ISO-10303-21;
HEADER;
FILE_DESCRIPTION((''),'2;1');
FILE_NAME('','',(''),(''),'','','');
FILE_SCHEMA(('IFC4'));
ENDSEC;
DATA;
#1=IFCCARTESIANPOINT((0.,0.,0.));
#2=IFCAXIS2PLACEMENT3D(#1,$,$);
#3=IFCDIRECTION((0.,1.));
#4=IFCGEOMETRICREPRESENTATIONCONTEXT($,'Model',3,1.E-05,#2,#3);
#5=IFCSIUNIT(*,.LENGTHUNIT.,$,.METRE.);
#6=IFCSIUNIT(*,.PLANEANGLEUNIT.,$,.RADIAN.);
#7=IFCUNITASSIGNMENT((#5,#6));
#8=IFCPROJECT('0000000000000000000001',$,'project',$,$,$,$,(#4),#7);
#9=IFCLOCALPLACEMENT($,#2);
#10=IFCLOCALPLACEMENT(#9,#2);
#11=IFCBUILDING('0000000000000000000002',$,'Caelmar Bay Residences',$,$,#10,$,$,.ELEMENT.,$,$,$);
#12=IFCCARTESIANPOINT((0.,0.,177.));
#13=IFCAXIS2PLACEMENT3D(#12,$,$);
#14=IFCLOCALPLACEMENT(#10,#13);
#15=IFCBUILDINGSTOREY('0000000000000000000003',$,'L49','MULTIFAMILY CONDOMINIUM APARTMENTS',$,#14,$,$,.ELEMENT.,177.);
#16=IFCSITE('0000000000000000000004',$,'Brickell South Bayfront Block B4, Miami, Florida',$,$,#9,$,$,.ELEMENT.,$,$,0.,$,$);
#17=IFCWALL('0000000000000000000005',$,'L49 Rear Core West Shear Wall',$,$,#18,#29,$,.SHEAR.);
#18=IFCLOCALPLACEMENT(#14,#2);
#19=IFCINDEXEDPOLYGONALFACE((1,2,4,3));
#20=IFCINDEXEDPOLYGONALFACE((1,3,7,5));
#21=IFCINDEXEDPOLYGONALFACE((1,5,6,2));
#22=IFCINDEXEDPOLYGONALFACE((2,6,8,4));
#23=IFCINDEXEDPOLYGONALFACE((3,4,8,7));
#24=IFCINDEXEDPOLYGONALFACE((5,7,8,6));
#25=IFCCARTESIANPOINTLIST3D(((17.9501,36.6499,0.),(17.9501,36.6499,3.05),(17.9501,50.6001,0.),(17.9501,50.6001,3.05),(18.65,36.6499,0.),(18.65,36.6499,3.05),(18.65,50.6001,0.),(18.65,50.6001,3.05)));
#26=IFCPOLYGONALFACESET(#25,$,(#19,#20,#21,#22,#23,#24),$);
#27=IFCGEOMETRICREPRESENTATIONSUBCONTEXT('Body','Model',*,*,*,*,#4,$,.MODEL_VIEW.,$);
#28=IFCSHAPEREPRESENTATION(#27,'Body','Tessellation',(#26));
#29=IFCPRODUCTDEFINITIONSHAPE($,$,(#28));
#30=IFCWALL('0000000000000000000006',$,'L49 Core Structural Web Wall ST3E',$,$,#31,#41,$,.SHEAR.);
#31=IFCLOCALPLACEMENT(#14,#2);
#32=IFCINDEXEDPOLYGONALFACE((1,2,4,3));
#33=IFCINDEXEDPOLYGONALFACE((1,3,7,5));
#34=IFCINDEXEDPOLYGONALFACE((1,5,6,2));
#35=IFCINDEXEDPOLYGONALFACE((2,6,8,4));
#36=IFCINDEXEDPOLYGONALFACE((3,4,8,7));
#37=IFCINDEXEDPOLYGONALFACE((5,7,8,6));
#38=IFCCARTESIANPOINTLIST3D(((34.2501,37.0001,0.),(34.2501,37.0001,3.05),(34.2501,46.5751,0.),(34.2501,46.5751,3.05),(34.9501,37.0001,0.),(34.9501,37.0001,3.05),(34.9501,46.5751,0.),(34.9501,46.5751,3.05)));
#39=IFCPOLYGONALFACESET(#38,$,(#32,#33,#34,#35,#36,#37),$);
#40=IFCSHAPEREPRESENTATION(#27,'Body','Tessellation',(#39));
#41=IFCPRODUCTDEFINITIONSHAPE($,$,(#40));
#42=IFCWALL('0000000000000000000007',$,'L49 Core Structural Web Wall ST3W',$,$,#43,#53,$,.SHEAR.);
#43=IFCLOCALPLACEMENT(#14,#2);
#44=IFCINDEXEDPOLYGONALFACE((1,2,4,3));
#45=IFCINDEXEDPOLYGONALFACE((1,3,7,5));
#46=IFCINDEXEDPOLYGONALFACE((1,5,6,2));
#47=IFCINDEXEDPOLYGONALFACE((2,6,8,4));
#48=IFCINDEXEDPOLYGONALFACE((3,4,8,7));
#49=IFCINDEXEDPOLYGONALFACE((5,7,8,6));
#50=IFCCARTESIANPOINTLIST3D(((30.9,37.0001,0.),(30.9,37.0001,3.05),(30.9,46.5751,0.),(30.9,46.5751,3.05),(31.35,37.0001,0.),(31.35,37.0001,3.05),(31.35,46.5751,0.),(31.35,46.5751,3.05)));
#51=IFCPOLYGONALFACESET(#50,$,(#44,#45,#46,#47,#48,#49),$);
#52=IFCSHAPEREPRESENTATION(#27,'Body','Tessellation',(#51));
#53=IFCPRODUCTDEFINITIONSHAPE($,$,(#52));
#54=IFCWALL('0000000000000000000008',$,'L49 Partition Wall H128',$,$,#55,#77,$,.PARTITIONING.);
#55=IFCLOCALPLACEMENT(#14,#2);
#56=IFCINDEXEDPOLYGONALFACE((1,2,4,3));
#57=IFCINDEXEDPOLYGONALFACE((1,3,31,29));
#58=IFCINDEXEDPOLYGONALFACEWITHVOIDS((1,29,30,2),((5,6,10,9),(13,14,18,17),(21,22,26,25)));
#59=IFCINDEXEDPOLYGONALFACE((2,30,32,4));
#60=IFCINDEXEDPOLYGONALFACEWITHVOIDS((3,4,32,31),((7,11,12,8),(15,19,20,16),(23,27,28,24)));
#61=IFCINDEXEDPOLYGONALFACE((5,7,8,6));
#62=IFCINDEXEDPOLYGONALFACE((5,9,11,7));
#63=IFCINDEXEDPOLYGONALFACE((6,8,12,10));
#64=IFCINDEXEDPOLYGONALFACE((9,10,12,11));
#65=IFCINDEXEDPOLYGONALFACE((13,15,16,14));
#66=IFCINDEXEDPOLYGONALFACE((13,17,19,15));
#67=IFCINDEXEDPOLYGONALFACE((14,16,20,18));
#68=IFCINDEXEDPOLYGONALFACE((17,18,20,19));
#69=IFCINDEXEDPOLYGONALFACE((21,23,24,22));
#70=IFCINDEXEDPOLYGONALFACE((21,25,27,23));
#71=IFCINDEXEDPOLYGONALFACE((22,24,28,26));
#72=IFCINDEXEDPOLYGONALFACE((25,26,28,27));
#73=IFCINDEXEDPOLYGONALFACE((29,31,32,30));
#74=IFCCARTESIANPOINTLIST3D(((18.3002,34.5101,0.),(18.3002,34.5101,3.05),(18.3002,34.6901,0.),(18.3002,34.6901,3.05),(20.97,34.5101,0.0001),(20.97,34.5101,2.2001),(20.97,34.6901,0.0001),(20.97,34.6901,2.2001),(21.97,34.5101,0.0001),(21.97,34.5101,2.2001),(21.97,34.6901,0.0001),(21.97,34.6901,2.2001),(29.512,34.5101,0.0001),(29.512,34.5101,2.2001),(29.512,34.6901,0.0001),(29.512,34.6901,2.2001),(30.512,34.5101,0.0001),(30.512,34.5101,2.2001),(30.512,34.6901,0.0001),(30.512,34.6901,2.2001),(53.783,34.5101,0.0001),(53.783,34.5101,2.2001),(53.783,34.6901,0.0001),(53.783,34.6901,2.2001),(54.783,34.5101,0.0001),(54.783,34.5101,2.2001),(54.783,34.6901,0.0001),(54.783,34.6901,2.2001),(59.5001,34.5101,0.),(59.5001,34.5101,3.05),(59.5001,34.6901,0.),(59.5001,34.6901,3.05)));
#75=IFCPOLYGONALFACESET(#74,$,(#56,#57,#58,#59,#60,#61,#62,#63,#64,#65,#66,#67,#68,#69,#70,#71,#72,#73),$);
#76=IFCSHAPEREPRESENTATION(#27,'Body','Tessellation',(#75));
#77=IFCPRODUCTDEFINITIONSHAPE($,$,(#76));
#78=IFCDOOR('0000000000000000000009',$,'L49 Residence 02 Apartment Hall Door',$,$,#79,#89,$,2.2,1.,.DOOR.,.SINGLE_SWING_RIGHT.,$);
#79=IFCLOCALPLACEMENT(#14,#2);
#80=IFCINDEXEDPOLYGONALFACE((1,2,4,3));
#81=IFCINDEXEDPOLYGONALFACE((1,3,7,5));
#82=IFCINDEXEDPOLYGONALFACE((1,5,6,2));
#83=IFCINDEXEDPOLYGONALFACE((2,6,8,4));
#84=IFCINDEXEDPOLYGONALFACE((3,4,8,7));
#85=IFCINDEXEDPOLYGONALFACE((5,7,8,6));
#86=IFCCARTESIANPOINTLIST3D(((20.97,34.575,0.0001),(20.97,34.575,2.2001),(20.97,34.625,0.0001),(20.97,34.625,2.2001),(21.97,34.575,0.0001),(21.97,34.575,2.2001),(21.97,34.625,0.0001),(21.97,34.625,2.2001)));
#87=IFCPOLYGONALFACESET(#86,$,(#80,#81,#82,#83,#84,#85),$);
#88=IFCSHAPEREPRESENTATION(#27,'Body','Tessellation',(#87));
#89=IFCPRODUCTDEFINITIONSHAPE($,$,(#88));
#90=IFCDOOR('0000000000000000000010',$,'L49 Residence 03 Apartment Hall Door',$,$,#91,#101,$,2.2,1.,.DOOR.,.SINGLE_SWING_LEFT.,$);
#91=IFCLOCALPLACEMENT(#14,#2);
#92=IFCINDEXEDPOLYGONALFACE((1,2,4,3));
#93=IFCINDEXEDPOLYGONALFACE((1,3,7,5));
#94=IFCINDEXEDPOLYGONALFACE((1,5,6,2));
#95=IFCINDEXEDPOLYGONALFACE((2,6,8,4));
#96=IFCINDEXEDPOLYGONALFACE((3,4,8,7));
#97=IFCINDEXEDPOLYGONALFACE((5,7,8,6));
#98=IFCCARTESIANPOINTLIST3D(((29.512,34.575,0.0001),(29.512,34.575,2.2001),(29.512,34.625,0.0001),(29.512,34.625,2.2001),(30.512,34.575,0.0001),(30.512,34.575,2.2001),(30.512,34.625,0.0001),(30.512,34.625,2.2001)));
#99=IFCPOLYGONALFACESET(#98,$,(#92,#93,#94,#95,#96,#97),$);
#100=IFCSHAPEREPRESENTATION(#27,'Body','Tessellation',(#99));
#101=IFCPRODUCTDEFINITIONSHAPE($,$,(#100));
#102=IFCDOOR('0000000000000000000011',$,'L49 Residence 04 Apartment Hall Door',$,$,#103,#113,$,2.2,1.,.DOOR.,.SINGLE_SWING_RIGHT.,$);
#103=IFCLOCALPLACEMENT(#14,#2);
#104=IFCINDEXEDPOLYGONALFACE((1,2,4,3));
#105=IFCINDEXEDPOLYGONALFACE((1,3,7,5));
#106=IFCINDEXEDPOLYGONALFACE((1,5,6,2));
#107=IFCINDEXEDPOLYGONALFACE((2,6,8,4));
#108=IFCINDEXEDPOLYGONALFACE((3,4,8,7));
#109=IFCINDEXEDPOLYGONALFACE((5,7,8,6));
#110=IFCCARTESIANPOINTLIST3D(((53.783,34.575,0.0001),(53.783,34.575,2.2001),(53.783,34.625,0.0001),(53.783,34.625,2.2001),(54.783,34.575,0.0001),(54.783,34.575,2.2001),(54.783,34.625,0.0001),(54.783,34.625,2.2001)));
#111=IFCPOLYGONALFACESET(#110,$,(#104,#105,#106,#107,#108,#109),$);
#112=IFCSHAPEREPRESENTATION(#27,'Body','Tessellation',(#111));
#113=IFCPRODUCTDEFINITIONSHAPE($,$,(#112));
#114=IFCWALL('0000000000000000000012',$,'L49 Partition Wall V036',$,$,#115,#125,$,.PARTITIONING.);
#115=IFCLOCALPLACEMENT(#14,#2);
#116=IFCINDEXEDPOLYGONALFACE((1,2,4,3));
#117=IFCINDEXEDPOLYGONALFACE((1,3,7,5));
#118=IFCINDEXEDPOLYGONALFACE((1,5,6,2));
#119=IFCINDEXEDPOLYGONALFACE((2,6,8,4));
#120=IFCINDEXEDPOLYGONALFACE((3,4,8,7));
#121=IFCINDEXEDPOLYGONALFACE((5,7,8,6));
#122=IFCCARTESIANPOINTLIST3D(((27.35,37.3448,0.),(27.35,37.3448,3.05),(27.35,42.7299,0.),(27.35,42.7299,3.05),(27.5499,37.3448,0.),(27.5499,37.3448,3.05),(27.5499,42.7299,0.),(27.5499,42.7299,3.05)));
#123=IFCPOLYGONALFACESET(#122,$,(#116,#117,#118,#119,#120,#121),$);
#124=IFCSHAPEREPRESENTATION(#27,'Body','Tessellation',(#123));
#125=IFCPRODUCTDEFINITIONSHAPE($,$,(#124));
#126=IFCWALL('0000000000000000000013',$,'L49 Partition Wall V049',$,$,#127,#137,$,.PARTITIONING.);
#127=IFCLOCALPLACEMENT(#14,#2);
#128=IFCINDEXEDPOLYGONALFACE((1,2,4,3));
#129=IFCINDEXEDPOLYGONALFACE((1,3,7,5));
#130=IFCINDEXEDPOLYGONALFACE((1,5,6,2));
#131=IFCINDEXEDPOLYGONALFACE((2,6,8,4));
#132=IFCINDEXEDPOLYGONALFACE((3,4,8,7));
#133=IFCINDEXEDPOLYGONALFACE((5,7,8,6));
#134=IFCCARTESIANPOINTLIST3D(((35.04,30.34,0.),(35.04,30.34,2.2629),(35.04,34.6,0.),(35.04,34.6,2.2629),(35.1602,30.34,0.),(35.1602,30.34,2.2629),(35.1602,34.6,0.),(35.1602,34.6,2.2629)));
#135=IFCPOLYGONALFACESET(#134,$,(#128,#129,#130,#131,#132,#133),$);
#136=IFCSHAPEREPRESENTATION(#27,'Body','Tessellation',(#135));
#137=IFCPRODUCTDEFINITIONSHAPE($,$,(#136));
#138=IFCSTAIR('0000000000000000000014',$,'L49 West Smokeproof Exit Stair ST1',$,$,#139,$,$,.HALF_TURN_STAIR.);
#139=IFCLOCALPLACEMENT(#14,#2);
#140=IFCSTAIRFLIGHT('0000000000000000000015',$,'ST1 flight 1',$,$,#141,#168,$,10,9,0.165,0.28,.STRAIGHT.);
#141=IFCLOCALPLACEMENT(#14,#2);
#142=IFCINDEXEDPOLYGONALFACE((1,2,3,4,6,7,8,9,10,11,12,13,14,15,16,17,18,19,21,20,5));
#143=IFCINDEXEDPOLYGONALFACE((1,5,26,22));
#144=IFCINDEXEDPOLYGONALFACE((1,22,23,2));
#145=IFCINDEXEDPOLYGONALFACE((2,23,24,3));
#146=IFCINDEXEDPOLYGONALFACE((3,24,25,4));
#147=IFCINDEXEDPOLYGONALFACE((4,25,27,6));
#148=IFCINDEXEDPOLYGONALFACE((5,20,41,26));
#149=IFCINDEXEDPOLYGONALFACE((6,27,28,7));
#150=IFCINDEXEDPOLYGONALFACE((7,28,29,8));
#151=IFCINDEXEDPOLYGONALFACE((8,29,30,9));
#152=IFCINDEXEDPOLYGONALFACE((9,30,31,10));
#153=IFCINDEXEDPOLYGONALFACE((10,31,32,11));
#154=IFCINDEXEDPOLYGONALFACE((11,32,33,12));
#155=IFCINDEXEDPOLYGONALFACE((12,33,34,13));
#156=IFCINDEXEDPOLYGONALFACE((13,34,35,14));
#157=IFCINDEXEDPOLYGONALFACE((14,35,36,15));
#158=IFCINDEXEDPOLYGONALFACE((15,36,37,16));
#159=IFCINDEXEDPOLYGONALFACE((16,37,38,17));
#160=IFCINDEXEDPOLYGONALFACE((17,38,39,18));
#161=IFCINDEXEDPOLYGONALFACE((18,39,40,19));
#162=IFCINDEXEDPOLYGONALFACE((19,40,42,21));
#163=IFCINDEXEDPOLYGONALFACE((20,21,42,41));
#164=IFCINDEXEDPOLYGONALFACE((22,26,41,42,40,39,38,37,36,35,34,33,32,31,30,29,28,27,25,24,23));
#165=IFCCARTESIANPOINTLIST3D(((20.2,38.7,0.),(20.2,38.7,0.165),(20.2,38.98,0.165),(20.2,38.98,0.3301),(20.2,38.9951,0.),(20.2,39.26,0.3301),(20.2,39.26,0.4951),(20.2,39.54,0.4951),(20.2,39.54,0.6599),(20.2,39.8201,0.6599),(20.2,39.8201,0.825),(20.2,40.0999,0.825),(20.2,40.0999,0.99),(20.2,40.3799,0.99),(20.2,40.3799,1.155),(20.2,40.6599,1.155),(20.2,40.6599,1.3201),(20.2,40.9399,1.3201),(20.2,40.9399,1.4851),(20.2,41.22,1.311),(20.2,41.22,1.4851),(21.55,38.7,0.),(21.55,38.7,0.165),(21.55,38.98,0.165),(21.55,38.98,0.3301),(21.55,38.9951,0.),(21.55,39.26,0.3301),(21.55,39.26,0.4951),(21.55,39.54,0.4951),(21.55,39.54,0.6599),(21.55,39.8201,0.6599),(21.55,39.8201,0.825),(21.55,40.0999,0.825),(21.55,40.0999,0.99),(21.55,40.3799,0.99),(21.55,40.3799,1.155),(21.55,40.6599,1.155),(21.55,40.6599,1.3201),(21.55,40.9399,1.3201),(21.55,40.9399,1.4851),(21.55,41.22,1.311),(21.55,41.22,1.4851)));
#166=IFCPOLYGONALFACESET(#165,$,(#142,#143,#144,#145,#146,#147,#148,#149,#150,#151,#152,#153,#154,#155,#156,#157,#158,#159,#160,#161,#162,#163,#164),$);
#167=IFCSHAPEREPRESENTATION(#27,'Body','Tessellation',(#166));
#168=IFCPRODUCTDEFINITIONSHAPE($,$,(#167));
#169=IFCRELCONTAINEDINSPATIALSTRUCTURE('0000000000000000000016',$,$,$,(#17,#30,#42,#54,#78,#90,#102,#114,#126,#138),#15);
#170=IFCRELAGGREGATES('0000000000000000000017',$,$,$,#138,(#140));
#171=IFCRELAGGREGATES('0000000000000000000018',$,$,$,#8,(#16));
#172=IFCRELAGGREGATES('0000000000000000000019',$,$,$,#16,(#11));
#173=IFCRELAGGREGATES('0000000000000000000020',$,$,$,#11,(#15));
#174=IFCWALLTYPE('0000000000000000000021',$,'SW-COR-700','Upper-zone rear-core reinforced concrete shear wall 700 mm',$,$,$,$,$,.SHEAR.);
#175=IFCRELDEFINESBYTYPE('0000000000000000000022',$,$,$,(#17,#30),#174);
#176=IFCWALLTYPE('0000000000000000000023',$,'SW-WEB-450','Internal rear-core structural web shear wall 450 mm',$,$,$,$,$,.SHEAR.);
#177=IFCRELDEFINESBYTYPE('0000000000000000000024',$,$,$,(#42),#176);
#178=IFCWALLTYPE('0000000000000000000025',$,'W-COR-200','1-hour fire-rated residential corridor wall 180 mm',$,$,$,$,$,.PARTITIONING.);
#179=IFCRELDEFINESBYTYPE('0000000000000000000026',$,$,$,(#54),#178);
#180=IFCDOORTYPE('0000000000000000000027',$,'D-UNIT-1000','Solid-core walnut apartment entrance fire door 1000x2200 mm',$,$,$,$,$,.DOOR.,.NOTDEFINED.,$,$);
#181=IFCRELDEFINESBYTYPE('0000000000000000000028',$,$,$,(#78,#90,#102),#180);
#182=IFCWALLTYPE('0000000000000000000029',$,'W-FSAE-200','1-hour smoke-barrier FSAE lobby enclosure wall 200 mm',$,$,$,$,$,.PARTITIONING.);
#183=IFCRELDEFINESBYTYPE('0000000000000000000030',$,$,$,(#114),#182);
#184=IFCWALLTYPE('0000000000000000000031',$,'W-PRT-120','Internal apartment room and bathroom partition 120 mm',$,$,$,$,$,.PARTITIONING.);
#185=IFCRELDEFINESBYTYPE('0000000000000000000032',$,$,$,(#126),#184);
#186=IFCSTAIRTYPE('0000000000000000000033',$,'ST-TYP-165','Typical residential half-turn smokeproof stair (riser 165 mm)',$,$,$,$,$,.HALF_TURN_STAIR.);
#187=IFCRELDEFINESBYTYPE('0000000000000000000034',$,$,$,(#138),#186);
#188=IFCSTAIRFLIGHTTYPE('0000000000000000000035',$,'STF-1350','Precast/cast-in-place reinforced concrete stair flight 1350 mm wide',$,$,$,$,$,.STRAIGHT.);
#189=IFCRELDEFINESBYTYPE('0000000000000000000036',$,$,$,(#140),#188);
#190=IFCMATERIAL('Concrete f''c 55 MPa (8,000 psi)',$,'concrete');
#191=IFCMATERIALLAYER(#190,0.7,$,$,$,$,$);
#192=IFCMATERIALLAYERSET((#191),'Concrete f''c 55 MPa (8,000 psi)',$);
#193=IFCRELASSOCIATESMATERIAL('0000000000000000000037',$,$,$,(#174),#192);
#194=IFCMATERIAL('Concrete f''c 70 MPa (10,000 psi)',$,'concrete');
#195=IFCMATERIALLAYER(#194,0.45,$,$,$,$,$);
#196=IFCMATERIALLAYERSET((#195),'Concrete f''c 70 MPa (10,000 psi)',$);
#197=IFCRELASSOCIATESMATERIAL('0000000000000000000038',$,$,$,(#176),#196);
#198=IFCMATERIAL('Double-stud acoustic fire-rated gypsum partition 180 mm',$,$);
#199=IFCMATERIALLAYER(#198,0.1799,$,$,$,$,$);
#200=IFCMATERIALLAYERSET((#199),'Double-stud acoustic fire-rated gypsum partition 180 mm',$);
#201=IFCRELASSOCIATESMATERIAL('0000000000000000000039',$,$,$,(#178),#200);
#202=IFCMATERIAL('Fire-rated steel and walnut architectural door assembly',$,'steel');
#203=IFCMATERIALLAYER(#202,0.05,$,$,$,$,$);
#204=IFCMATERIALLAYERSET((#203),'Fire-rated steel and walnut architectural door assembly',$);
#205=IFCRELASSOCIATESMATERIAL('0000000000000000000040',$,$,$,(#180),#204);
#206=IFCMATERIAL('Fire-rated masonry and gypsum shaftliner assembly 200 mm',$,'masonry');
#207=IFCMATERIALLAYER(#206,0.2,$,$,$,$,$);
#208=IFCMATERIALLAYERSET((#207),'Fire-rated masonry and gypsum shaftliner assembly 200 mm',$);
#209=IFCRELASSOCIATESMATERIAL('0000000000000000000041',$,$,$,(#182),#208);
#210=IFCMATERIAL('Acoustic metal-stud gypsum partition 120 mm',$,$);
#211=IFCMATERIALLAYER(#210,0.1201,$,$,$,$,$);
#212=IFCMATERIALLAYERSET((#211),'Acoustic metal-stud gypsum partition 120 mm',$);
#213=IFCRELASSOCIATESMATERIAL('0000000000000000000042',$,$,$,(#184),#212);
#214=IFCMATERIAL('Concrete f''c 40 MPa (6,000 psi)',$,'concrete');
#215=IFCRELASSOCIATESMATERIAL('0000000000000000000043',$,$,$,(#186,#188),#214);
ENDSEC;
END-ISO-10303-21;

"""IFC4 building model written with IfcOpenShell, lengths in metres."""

from ifc_helpers import new_model, si_unit, direction, frame, frame_2d, origin, place, context, subcontext, project, spatial, polyline, rectangle, outline, extrude, material, layer, layer_set, type_object, element, fill, aggregate, save


model = new_model("IFC4")

# Units and contexts
model_context = context("Model", 3, precision=1e-05, world=origin(), true_north=direction((0.0, 1.0)))
body_context = subcontext(model_context, "Body", "Model", "MODEL_VIEW")
ifc_project = project(units=[si_unit("LENGTHUNIT", "METRE"), si_unit("PLANEANGLEUNIT", "RADIAN")], contexts=[model_context])

# Site, building, storey
site_placement = place(None, origin())
site = spatial("IfcSite", under=ifc_project, at=site_placement, Name="Brickell South Bayfront Block B4, Miami, Florida", CompositionType="ELEMENT", RefElevation=0.0)
building_placement = place(site_placement, origin())
building = spatial("IfcBuilding", under=site, at=building_placement, Name="Caelmar Bay Residences", CompositionType="ELEMENT")
storey_placement = place(building_placement, frame((0.0, 0.0, 177.0)))
storey = spatial("IfcBuildingStorey", under=building, at=storey_placement, Name="L49", Description="MULTIFAMILY CONDOMINIUM APARTMENTS", CompositionType="ELEMENT", Elevation=177.0)

# Wall
ifc_material_1 = material(Name="Concrete f'c 55 MPa (8,000 psi)", Category="concrete")
ifc_layer_1 = layer(ifc_material_1, 0.7)
ifc_layer_set_1 = layer_set([ifc_layer_1], Name="Concrete f'c 55 MPa (8,000 psi)")
wall_type_1 = type_object("IfcWallType", Name="SW-COR-700", Description="Upper-zone rear-core reinforced concrete shear wall 700 mm", PredefinedType="SHEAR", material=ifc_layer_set_1)
wall_1_placement = place(storey_placement, frame((18.3, 36.6499, 0.0), z_axis=(0.0, 0.0, 1.0), x_axis=(0.0, 1.0, 0.0)))
element("IfcWall", 1, at=wall_1_placement, inside=storey, type_object=wall_type_1, Name="L49 Rear Core West Shear Wall", PredefinedType="SHEAR", context=body_context, shape_type="SweptSolid", body=[
    extrude(rectangle(XDim=13.9502, YDim=0.7, at=frame_2d((6.9751, 0.0))), origin(), (0.0, 0.0, 1.0), 3.05),
])

# Shared definitions
ifc_material_2 = material(Name="Fire-rated steel and walnut architectural door assembly", Category="steel")

# Walls
wall_2_placement = place(storey_placement, frame((34.6001, 37.0, 0.0), z_axis=(0.0, 0.0, 1.0), x_axis=(0.0, 1.0, 0.0)))
element("IfcWall", 2, at=wall_2_placement, inside=storey, type_object=wall_type_1, Name="L49 Core Structural Web Wall ST3E", PredefinedType="SHEAR", context=body_context, shape_type="SweptSolid", body=[
    extrude(rectangle(XDim=9.575, YDim=0.7, at=frame_2d((4.7876, 0.0))), origin(), (0.0, 0.0, 1.0), 3.05),
])
ifc_material_3 = material(Name="Concrete f'c 70 MPa (10,000 psi)", Category="concrete")
ifc_layer_2 = layer(ifc_material_3, 0.45)
ifc_layer_set_2 = layer_set([ifc_layer_2], Name="Concrete f'c 70 MPa (10,000 psi)")
wall_type_2 = type_object("IfcWallType", Name="SW-WEB-450", Description="Internal rear-core structural web shear wall 450 mm", PredefinedType="SHEAR", material=ifc_layer_set_2)
wall_3_placement = place(storey_placement, frame((31.125, 37.0, 0.0), z_axis=(0.0, 0.0, 1.0), x_axis=(0.0, 1.0, 0.0)))
element("IfcWall", 3, at=wall_3_placement, inside=storey, type_object=wall_type_2, Name="L49 Core Structural Web Wall ST3W", PredefinedType="SHEAR", context=body_context, shape_type="SweptSolid", body=[
    extrude(rectangle(XDim=9.575, YDim=0.45, at=frame_2d((4.7876, 0.0))), origin(), (0.0, 0.0, 1.0), 3.05),
])

# Wall, openings, doors
ifc_material_4 = material(Name="Double-stud acoustic fire-rated gypsum partition 180 mm")
ifc_layer_3 = layer(ifc_material_4, 0.1799)
ifc_layer_set_3 = layer_set([ifc_layer_3], Name="Double-stud acoustic fire-rated gypsum partition 180 mm")
wall_type_3 = type_object("IfcWallType", Name="W-COR-200", Description="1-hour fire-rated residential corridor wall 180 mm", PredefinedType="PARTITIONING", material=ifc_layer_set_3)
wall_4_placement = place(storey_placement, frame((18.3, 34.6001, 0.0), z_axis=(0.0, 0.0, 1.0), x_axis=(1.0, 0.0, 0.0)))
wall_4 = element("IfcWall", 4, at=wall_4_placement, inside=storey, type_object=wall_type_3, Name="L49 Partition Wall H128", PredefinedType="PARTITIONING", context=body_context, shape_type="SweptSolid", body=[
    extrude(rectangle(XDim=41.2, YDim=0.1799, at=frame_2d((20.6001, 0.0))), origin(), (0.0, 0.0, 1.0), 3.05),
])
opening_1_placement = place(wall_4_placement, frame((2.6699, 0.0, 0.0)))
opening_1 = element("IfcOpeningElement", 5, at=opening_1_placement, cuts=wall_4, PredefinedType="OPENING", context=body_context, shape_type="SweptSolid", body=[
    extrude(rectangle(XDim=1.0, YDim=2.2, at=frame_2d((0.5, 1.1001))), frame((0.0, 0.0999, 0.0), z_axis=(0.0, -1.0, 0.0), x_axis=(1.0, 0.0, 0.0)), (0.0, 0.0, 1.0), 0.2),
])
opening_2_placement = place(wall_4_placement, frame((11.2119, 0.0, 0.0)))
opening_2 = element("IfcOpeningElement", 6, at=opening_2_placement, cuts=wall_4, PredefinedType="OPENING", context=body_context, shape_type="SweptSolid", body=[
    extrude(rectangle(XDim=1.0, YDim=2.2, at=frame_2d((0.5, 1.1001))), frame((0.0, 0.0999, 0.0), z_axis=(0.0, -1.0, 0.0), x_axis=(1.0, 0.0, 0.0)), (0.0, 0.0, 1.0), 0.2),
])
opening_3_placement = place(wall_4_placement, frame((35.4829, 0.0, 0.0)))
opening_3 = element("IfcOpeningElement", 7, at=opening_3_placement, cuts=wall_4, PredefinedType="OPENING", context=body_context, shape_type="SweptSolid", body=[
    extrude(rectangle(XDim=1.0, YDim=2.2, at=frame_2d((0.5, 1.1001))), frame((0.0, 0.0999, 0.0), z_axis=(0.0, -1.0, 0.0), x_axis=(1.0, 0.0, 0.0)), (0.0, 0.0, 1.0), 0.2),
])
ifc_layer_4 = layer(ifc_material_2, 0.05)
ifc_layer_set_4 = layer_set([ifc_layer_4], Name="Fire-rated steel and walnut architectural door assembly")
door_type_1 = type_object("IfcDoorType", Name="D-UNIT-1000", Description="Solid-core walnut apartment entrance fire door 1000x2200 mm", OperationType="NOTDEFINED", PredefinedType="DOOR", material=ifc_layer_set_4)
door_1_placement = place(opening_1_placement, origin())
door_1 = element("IfcDoor", 8, at=door_1_placement, inside=storey, type_object=door_type_1, Name="L49 Residence 02 Apartment Hall Door", OperationType="SINGLE_SWING_RIGHT", OverallHeight=2.2, OverallWidth=1.0, PredefinedType="DOOR", context=body_context, shape_type="SweptSolid", body=[
    extrude(rectangle(XDim=1.0, YDim=2.2, at=frame_2d((0.5, 1.1001))), frame((0.0, 0.0249, 0.0), z_axis=(0.0, -1.0, 0.0), x_axis=(1.0, 0.0, 0.0)), (0.0, 0.0, 1.0), 0.05),
])
fill(opening_1, door_1)
door_2_placement = place(opening_2_placement, origin())
door_2 = element("IfcDoor", 9, at=door_2_placement, inside=storey, type_object=door_type_1, Name="L49 Residence 03 Apartment Hall Door", OperationType="SINGLE_SWING_LEFT", OverallHeight=2.2, OverallWidth=1.0, PredefinedType="DOOR", context=body_context, shape_type="SweptSolid", body=[
    extrude(rectangle(XDim=1.0, YDim=2.2, at=frame_2d((0.5, 1.1001))), frame((0.0, 0.0249, 0.0), z_axis=(0.0, -1.0, 0.0), x_axis=(1.0, 0.0, 0.0)), (0.0, 0.0, 1.0), 0.05),
])
fill(opening_2, door_2)
door_3_placement = place(opening_3_placement, origin())
door_3 = element("IfcDoor", 10, at=door_3_placement, inside=storey, type_object=door_type_1, Name="L49 Residence 04 Apartment Hall Door", OperationType="SINGLE_SWING_RIGHT", OverallHeight=2.2, OverallWidth=1.0, PredefinedType="DOOR", context=body_context, shape_type="SweptSolid", body=[
    extrude(rectangle(XDim=1.0, YDim=2.2, at=frame_2d((0.5, 1.1001))), frame((0.0, 0.0249, 0.0), z_axis=(0.0, -1.0, 0.0), x_axis=(1.0, 0.0, 0.0)), (0.0, 0.0, 1.0), 0.05),
])
fill(opening_3, door_3)

# Walls
ifc_material_5 = material(Name="Fire-rated masonry and gypsum shaftliner assembly 200 mm", Category="masonry")
ifc_layer_5 = layer(ifc_material_5, 0.2)
ifc_layer_set_5 = layer_set([ifc_layer_5], Name="Fire-rated masonry and gypsum shaftliner assembly 200 mm")
wall_type_4 = type_object("IfcWallType", Name="W-FSAE-200", Description="1-hour smoke-barrier FSAE lobby enclosure wall 200 mm", PredefinedType="PARTITIONING", material=ifc_layer_set_5)
wall_5_placement = place(storey_placement, frame((27.45, 37.345, 0.0), z_axis=(0.0, 0.0, 1.0), x_axis=(0.0, 1.0, 0.0)))
element("IfcWall", 11, at=wall_5_placement, inside=storey, type_object=wall_type_4, Name="L49 Partition Wall V036", PredefinedType="PARTITIONING", context=body_context, shape_type="SweptSolid", body=[
    extrude(rectangle(XDim=5.385, YDim=0.2, at=frame_2d((2.6924, 0.0))), origin(), (0.0, 0.0, 1.0), 3.05),
])
ifc_material_6 = material(Name="Acoustic metal-stud gypsum partition 120 mm")
ifc_layer_6 = layer(ifc_material_6, 0.1201)
ifc_layer_set_6 = layer_set([ifc_layer_6], Name="Acoustic metal-stud gypsum partition 120 mm")
wall_type_5 = type_object("IfcWallType", Name="W-PRT-120", Description="Internal apartment room and bathroom partition 120 mm", PredefinedType="PARTITIONING", material=ifc_layer_set_6)
wall_6_placement = place(storey_placement, frame((35.1001, 30.3401, 0.0), z_axis=(0.0, 0.0, 1.0), x_axis=(0.0, 1.0, 0.0)))
element("IfcWall", 12, at=wall_6_placement, inside=storey, type_object=wall_type_5, Name="L49 Partition Wall V049", PredefinedType="PARTITIONING", context=body_context, shape_type="SweptSolid", body=[
    extrude(rectangle(XDim=4.26, YDim=0.1201, at=frame_2d((2.1299, 0.0))), origin(), (0.0, 0.0, 1.0), 2.2629),
])

# Stair, stair flight
ifc_material_7 = material(Name="Concrete f'c 40 MPa (6,000 psi)", Category="concrete")
stair_type = type_object("IfcStairType", Name="ST-TYP-165", Description="Typical residential half-turn smokeproof stair (riser 165 mm)", PredefinedType="HALF_TURN_STAIR", material=ifc_material_7)
stair_1_placement = place(storey_placement, origin())
stair_1 = element("IfcStair", 13, at=stair_1_placement, inside=storey, type_object=stair_type, Name="L49 West Smokeproof Exit Stair ST1", PredefinedType="HALF_TURN_STAIR")
stair_flight_type = type_object("IfcStairFlightType", Name="STF-1350", Description="Precast/cast-in-place reinforced concrete stair flight 1350 mm wide", PredefinedType="STRAIGHT", material=ifc_material_7)
stair_flight_1_placement = place(storey_placement, frame((20.875, 38.7, 0.0), z_axis=(0.0, 0.0, 1.0), x_axis=(0.0, 1.0, 0.0)))
stair_flight_1 = element("IfcStairFlight", 14, at=stair_flight_1_placement, type_object=stair_flight_type, Name="ST1 flight 1", NumberOfRisers=10, NumberOfTreads=9, PredefinedType="STRAIGHT", RiserHeight=0.165, TreadLength=0.28, context=body_context, shape_type="SweptSolid", body=[
    extrude(outline(polyline([(0.0, 0.0), (0.0, 0.165), (0.28, 0.165), (0.28, 0.3301), (0.5601, 0.3301), (0.5601, 0.4951), (0.8401, 0.4951), (0.8401, 0.6599), (1.1201, 0.6599), (1.1201, 0.825), (1.3999, 0.825), (1.3999, 0.99), (1.6799, 0.99), (1.6799, 1.155), (1.96, 1.155), (1.96, 1.3201), (2.24, 1.3201), (2.24, 1.4851), (2.52, 1.4851), (2.52, 1.6499), (2.52, 1.311), (0.2952, 0.0), (0.0, 0.0)])), frame((0.0, 0.675, 0.0), z_axis=(0.0, -1.0, 0.0), x_axis=(1.0, 0.0, 0.0)), (0.0, 0.0, 1.0), 1.3501),
])
aggregate(stair_1, [stair_flight_1])

save(model, "model.ifc")
